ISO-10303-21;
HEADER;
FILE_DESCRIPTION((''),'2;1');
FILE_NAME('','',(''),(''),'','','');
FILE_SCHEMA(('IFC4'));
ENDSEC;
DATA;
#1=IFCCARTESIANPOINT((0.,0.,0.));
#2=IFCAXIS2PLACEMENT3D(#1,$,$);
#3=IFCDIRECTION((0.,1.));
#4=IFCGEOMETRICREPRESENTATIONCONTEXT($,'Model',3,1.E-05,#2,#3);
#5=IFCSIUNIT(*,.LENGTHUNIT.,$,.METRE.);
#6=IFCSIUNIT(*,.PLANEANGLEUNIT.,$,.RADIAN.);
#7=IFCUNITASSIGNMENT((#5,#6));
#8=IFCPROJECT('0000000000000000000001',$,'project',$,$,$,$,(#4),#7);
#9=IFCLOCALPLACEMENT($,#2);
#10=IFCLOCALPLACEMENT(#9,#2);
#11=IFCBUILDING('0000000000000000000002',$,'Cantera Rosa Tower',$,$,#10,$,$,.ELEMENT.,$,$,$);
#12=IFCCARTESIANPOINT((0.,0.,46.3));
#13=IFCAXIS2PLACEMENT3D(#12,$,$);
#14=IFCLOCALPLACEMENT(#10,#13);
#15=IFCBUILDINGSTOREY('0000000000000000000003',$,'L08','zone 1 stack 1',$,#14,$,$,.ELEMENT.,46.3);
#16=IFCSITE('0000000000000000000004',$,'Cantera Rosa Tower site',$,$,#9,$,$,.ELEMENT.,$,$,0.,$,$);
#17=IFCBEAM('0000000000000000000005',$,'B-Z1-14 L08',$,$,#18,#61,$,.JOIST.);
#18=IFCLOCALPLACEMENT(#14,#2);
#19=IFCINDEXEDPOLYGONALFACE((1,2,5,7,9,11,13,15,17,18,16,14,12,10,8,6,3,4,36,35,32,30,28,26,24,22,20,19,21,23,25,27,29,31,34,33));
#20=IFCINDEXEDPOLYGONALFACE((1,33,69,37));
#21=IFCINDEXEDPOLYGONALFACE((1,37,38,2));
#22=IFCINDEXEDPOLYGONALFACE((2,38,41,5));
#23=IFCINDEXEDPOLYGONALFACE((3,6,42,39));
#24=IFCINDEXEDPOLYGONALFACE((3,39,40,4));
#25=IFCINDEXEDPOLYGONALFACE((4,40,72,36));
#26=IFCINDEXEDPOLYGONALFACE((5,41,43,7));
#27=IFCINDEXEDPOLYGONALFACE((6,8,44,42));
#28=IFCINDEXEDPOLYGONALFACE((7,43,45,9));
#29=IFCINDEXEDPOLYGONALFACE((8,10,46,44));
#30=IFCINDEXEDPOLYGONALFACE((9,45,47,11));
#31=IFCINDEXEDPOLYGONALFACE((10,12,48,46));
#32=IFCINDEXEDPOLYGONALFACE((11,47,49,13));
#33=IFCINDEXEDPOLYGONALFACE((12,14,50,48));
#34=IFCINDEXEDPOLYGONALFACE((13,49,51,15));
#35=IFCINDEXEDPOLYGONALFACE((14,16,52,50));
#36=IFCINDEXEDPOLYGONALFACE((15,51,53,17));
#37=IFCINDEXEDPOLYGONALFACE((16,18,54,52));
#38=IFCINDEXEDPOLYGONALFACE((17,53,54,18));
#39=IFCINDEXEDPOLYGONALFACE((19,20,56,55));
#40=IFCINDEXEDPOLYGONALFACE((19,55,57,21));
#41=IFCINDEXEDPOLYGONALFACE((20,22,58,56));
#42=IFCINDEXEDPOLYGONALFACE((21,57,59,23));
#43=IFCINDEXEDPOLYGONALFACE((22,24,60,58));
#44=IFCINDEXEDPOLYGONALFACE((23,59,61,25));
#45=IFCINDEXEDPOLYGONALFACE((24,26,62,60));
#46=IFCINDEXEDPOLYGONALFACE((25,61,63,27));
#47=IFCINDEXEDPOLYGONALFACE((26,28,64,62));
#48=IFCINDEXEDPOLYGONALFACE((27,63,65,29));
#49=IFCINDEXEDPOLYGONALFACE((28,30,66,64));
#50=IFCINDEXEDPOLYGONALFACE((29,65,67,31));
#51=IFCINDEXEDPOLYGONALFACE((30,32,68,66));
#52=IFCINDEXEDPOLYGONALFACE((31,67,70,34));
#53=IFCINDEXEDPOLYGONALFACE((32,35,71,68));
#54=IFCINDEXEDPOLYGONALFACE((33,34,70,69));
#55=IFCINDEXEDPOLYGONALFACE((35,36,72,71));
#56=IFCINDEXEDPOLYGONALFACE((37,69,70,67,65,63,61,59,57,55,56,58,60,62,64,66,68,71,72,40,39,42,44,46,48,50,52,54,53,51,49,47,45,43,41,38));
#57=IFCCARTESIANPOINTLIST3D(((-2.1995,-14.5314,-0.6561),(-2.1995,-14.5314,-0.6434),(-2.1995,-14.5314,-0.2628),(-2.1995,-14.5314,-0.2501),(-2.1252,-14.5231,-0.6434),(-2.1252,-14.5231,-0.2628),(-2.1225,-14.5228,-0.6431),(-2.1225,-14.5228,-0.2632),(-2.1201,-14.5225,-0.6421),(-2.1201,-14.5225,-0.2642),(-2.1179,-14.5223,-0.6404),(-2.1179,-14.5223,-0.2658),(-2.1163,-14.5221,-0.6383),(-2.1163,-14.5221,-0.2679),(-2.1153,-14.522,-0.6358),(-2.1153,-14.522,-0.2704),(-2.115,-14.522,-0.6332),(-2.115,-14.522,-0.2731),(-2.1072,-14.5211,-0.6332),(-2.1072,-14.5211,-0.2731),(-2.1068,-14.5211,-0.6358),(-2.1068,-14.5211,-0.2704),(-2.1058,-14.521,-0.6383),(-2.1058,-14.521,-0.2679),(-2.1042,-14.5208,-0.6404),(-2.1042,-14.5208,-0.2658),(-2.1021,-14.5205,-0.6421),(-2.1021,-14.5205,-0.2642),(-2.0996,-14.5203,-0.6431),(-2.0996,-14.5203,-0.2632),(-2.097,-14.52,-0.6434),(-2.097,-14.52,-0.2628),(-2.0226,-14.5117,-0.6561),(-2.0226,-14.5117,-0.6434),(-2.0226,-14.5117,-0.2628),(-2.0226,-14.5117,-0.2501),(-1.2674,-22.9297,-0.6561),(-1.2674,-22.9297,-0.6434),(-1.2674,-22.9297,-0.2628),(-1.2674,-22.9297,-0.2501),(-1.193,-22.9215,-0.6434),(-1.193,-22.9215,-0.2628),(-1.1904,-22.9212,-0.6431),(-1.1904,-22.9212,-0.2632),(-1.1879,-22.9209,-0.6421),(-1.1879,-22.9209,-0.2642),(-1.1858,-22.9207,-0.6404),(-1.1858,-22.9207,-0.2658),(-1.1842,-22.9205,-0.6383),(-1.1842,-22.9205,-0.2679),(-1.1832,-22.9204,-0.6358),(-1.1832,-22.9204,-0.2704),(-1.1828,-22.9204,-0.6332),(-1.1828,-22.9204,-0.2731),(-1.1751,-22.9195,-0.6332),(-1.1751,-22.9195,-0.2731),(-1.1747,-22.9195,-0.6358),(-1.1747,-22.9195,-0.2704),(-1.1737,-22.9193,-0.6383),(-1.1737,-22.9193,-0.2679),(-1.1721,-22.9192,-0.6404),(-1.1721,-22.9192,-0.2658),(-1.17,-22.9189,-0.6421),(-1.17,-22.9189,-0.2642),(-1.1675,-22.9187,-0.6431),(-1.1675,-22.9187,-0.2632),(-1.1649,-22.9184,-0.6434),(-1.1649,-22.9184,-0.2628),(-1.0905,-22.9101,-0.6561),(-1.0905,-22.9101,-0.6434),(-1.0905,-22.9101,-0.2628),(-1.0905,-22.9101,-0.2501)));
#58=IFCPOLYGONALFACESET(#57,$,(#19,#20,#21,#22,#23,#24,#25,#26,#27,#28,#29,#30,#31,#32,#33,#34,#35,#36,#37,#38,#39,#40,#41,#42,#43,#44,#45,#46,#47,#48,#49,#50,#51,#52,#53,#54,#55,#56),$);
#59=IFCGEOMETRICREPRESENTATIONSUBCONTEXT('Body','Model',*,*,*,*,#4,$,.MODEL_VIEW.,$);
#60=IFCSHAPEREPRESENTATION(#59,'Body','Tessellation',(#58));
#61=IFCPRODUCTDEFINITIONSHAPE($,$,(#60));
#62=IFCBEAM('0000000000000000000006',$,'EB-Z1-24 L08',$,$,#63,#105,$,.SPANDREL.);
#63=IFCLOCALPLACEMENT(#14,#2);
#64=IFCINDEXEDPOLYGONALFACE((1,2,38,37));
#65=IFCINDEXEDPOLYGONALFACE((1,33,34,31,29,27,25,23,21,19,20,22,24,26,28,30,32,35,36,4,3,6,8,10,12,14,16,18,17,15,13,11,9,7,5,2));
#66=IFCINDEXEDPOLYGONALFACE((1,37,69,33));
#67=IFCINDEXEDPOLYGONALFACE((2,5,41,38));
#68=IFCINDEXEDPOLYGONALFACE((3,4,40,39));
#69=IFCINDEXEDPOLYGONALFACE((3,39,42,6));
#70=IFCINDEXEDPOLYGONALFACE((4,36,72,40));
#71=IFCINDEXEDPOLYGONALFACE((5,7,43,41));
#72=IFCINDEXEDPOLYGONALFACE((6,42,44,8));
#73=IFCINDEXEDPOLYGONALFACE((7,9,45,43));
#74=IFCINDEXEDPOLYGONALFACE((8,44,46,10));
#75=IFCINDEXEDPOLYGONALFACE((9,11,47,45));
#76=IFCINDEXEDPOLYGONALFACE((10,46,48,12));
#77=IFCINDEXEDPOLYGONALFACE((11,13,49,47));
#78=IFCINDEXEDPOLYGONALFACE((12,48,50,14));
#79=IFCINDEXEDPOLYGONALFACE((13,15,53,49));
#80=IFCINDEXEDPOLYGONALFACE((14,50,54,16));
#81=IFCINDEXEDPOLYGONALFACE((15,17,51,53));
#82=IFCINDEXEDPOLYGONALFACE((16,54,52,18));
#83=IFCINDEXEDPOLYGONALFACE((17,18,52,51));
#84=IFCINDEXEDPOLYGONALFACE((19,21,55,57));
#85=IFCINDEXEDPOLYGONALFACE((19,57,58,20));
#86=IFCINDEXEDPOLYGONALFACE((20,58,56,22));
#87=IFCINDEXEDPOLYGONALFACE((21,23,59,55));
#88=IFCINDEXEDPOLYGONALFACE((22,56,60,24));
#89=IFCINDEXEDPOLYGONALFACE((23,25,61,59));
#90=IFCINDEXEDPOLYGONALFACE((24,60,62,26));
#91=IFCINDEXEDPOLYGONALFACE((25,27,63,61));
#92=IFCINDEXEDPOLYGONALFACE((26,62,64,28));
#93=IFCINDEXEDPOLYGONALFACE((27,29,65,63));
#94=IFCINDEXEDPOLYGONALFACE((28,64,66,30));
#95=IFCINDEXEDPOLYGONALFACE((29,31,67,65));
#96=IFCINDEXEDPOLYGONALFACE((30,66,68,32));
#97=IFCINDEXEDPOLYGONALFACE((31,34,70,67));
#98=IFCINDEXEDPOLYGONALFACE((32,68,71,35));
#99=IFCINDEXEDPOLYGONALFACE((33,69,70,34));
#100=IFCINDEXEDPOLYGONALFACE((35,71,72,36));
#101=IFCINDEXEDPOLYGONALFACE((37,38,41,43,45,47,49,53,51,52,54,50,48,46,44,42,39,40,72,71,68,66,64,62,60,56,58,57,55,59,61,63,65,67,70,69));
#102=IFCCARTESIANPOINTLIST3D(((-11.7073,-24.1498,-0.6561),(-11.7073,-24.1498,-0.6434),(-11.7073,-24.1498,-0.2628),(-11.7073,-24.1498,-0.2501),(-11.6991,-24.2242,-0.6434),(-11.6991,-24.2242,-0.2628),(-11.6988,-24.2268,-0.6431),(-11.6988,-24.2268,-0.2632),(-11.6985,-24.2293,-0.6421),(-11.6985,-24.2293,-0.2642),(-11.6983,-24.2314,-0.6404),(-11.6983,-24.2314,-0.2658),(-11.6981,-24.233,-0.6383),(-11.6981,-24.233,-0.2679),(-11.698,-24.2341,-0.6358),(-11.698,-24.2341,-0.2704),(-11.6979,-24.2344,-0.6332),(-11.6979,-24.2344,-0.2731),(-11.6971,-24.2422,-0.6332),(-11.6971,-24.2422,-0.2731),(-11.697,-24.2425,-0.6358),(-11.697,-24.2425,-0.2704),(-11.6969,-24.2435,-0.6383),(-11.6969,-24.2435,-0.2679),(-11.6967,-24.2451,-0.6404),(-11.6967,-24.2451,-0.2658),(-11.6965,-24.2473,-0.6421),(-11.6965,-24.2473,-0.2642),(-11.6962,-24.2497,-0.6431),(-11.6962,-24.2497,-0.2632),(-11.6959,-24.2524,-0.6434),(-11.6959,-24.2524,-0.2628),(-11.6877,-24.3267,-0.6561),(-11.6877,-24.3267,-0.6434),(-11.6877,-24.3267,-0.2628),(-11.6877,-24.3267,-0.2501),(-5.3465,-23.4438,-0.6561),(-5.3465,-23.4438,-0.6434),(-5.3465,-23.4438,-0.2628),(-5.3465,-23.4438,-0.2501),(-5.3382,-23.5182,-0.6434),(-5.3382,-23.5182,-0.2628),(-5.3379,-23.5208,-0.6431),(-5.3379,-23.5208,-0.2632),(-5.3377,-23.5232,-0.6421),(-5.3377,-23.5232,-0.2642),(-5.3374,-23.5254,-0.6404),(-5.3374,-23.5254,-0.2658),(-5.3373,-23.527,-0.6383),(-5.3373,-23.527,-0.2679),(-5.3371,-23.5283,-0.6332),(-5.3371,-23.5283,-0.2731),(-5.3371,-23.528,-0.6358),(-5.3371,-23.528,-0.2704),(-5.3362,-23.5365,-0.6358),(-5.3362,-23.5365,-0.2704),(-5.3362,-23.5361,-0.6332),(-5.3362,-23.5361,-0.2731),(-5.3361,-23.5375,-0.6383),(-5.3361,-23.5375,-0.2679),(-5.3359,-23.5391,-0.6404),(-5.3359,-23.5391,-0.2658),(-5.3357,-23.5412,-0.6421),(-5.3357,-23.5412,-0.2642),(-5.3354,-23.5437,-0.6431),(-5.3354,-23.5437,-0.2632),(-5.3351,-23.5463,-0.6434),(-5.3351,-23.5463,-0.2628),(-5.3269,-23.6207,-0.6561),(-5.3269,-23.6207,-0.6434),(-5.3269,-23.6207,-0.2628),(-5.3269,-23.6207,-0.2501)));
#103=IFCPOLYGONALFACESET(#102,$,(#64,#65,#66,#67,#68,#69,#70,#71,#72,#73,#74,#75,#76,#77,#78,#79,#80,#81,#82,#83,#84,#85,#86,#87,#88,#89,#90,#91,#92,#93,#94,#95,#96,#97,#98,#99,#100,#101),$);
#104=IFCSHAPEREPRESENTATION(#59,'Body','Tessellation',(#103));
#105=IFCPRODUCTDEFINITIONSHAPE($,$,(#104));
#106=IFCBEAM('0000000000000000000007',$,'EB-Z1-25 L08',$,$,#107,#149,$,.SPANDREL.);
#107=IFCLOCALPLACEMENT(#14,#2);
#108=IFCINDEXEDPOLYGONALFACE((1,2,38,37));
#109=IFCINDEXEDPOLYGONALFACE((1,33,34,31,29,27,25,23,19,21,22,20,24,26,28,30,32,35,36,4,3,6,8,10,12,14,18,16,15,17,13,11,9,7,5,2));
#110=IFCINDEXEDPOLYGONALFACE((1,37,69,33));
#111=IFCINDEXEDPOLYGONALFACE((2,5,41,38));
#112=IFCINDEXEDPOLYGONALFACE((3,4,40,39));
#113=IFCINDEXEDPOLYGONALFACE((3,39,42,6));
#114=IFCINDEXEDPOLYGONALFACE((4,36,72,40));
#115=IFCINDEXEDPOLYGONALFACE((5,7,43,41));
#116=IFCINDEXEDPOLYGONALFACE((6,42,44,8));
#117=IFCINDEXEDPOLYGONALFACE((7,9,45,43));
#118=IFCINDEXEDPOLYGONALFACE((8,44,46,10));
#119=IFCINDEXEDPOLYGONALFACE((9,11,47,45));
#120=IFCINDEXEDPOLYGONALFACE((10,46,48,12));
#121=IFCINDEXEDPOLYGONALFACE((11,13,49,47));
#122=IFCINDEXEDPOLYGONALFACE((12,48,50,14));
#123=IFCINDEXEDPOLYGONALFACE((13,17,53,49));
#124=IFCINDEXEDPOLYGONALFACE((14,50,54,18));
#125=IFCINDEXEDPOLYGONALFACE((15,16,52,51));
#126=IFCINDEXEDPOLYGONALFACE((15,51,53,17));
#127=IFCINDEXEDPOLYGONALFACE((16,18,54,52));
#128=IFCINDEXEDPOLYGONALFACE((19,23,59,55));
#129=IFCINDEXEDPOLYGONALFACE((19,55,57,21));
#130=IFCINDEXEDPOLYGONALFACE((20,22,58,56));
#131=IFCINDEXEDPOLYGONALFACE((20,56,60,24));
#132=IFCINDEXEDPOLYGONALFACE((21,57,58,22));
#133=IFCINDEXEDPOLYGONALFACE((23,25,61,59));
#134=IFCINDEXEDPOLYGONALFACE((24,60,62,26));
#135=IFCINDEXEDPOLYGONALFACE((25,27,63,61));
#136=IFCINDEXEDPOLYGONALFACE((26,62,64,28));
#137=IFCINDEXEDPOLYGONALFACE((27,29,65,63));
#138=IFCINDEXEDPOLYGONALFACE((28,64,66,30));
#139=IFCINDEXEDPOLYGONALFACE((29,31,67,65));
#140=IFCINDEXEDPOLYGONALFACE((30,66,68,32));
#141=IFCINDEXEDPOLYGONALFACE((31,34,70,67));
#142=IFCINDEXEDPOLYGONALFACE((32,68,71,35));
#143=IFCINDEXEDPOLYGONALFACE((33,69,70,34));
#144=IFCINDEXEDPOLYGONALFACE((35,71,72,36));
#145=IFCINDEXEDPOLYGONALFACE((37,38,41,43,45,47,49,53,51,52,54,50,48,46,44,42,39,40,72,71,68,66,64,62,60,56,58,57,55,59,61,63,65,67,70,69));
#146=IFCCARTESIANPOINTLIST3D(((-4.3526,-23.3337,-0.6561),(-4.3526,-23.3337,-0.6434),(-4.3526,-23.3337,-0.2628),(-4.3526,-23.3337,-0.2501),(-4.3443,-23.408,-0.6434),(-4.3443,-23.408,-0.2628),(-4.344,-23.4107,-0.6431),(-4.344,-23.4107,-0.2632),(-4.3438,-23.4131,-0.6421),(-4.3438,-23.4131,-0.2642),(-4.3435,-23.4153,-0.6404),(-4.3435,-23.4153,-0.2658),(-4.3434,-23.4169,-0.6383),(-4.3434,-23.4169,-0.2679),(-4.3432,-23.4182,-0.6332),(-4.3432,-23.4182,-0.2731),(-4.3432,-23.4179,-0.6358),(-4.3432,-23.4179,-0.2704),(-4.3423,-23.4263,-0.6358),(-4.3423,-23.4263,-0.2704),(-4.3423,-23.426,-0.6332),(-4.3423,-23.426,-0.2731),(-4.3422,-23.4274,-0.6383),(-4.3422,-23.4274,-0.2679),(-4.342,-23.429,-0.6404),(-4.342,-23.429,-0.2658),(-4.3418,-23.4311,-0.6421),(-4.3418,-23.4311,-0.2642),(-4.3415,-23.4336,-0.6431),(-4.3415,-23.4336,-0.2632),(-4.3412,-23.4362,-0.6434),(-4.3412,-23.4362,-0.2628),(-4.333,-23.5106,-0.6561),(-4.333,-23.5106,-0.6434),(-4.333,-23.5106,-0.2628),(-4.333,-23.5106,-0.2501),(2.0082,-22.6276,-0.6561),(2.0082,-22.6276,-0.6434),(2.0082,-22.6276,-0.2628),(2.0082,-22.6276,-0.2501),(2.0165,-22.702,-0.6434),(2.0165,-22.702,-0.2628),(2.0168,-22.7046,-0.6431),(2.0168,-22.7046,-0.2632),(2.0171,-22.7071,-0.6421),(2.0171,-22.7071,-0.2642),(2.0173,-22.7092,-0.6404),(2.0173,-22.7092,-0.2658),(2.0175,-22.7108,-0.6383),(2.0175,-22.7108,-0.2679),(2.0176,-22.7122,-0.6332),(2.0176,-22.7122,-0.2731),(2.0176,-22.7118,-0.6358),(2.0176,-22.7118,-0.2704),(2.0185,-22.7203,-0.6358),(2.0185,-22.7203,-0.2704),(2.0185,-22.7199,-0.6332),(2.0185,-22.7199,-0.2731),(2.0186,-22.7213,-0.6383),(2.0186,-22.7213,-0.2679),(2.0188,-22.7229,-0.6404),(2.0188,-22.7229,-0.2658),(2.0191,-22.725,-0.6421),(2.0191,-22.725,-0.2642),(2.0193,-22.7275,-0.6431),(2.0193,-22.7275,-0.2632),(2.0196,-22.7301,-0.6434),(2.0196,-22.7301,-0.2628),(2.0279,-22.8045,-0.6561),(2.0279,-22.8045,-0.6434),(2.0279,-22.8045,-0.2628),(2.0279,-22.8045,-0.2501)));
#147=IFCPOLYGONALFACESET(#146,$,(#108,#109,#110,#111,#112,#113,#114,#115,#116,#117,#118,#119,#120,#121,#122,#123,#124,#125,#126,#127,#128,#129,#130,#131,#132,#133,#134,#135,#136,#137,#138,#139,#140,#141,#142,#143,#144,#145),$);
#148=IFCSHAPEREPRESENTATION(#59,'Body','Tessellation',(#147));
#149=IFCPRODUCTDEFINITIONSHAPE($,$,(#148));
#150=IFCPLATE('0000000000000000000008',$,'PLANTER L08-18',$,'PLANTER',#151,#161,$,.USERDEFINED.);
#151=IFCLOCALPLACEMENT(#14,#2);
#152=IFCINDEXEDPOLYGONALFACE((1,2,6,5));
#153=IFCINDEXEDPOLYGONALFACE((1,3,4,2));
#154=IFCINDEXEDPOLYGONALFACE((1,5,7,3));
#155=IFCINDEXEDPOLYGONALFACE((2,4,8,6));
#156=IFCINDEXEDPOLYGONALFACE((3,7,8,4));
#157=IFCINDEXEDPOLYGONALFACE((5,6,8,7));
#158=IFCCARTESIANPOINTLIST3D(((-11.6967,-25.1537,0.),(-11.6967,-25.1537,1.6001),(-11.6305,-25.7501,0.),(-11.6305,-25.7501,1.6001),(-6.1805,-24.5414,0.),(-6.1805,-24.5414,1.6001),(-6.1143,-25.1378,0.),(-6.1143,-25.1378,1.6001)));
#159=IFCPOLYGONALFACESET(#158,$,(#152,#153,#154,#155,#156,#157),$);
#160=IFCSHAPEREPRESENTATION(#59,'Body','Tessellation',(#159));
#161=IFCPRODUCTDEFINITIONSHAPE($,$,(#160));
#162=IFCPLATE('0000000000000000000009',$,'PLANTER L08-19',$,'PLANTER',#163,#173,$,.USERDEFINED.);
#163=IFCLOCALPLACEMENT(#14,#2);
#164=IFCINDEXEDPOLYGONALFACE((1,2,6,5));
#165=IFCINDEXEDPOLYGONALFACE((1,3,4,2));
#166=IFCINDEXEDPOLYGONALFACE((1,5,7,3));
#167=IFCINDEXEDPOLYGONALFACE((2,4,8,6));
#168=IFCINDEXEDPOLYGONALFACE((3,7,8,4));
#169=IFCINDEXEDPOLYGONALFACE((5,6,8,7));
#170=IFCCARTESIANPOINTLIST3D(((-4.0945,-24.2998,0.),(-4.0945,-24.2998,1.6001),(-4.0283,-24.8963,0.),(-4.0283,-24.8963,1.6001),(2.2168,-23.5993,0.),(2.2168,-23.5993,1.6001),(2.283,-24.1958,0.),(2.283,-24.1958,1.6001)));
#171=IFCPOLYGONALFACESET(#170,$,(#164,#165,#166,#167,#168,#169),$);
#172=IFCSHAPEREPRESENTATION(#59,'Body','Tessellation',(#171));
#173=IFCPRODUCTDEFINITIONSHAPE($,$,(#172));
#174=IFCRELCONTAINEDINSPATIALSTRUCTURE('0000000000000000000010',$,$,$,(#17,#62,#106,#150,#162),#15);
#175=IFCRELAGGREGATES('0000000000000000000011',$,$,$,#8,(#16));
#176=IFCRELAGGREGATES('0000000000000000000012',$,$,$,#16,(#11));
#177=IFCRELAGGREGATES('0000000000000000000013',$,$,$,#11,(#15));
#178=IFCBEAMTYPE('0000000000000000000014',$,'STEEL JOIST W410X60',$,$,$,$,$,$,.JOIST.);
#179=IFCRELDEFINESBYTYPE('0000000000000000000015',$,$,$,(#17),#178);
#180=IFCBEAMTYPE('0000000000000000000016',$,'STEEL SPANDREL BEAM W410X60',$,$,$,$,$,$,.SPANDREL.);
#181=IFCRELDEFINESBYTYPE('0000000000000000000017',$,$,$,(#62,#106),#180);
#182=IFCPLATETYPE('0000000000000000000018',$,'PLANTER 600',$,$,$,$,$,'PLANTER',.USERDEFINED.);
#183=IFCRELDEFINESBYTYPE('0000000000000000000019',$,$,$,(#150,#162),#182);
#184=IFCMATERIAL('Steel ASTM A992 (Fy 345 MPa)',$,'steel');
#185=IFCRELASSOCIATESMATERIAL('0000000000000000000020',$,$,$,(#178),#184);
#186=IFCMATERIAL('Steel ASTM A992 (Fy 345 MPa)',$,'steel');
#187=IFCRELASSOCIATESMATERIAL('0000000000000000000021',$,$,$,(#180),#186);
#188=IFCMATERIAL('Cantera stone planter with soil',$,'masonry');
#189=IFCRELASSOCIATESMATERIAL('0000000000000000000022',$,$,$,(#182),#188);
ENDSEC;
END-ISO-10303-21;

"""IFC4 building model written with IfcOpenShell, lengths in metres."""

from ifc_helpers import new_model, si_unit, direction, frame, origin, origin_2d, place, context, subcontext, project, spatial, rectangle, i_section, extrude, material, material_profile, profile_set, type_object, element, save


model = new_model("IFC4")

# Units and contexts
model_context = context("Model", 3, precision=1e-05, world=origin(), true_north=direction((0.0, 1.0)))
body_context = subcontext(model_context, "Body", "Model", "MODEL_VIEW")
ifc_project = project(units=[si_unit("LENGTHUNIT", "METRE"), si_unit("PLANEANGLEUNIT", "RADIAN")], contexts=[model_context])

# Site, building, storey
site_placement = place(None, origin())
site = spatial("IfcSite", under=ifc_project, at=site_placement, Name="Cantera Rosa Tower site", CompositionType="ELEMENT", RefElevation=0.0)
building_placement = place(site_placement, origin())
building = spatial("IfcBuilding", under=site, at=building_placement, Name="Cantera Rosa Tower", CompositionType="ELEMENT")
storey_placement = place(building_placement, frame((0.0, 0.0, 46.3)))
storey = spatial("IfcBuildingStorey", under=building, at=storey_placement, Name="L08", Description="zone 1 stack 1", CompositionType="ELEMENT", Elevation=46.3)

# Beams
ifc_material_1 = material(Name="Steel ASTM A992 (Fy 345 MPa)", Category="steel")
ifc_material_profile_1 = material_profile(ifc_material_1, i_section(OverallWidth=0.178, OverallDepth=0.406, WebThickness=0.0078, FlangeThickness=0.0127, FilletRadius=0.0103, at=origin_2d()), Name="W410X60")
ifc_profile_set_1 = profile_set([ifc_material_profile_1], Name="Steel ASTM A992 (Fy 345 MPa)")
beam_type_1 = type_object("IfcBeamType", Name="STEEL JOIST W410X60", PredefinedType="JOIST", material=ifc_profile_set_1)
for number, where, z_axis, x_axis, name in (
    (1, (-1.179, -22.9199, -0.4531), (-0.110311, 0.993897, 0.0), (-0.993897, -0.110311, 0.0), "B-Z1-14 L08"),
):
    element("IfcBeam", number, at=place(storey_placement, frame(where, z_axis=z_axis, x_axis=x_axis)), inside=storey, type_object=beam_type_1, Name=name, PredefinedType="JOIST", context=body_context, shape_type="SweptSolid", body=[
        extrude(i_section(OverallWidth=0.178, OverallDepth=0.406, WebThickness=0.0078, FlangeThickness=0.0127, FilletRadius=0.0103, at=origin_2d()), origin(), (0.0, 0.0, 1.0), 8.45),
    ])
ifc_material_2 = material(Name="Steel ASTM A992 (Fy 345 MPa)", Category="steel")
ifc_material_profile_2 = material_profile(ifc_material_2, i_section(OverallWidth=0.178, OverallDepth=0.406, WebThickness=0.0078, FlangeThickness=0.0127, FilletRadius=0.0103, at=origin_2d()), Name="W410X60")
ifc_profile_set_2 = profile_set([ifc_material_profile_2], Name="Steel ASTM A992 (Fy 345 MPa)")
beam_type_2 = type_object("IfcBeamType", Name="STEEL SPANDREL BEAM W410X60", PredefinedType="SPANDREL", material=ifc_profile_set_2)
for number, where, z_axis, x_axis, name in (
    (2, (-11.6975, -24.2383, -0.4531), (0.993896, 0.110323, 0.0), (-0.110323, 0.993896, 0.0), "EB-Z1-24 L08"),
    (3, (-4.3428, -23.4221, -0.4531), (0.993896, 0.110323, 0.0), (-0.110323, 0.993896, 0.0), "EB-Z1-25 L08"),
):
    element("IfcBeam", number, at=place(storey_placement, frame(where, z_axis=z_axis, x_axis=x_axis)), inside=storey, type_object=beam_type_2, Name=name, PredefinedType="SPANDREL", context=body_context, shape_type="SweptSolid", body=[
        extrude(i_section(OverallWidth=0.178, OverallDepth=0.406, WebThickness=0.0078, FlangeThickness=0.0127, FilletRadius=0.0103, at=origin_2d()), origin(), (0.0, 0.0, 1.0), 6.3999),
    ])

# Plates
ifc_material_3 = material(Name="Cantera stone planter with soil", Category="masonry")
plate_type = type_object("IfcPlateType", Name="PLANTER 600", ElementType="PLANTER", PredefinedType="USERDEFINED", material=ifc_material_3)
plate_1_placement = place(storey_placement, frame((-8.9055, -25.1458, 0.0), z_axis=(0.0, 0.0, 1.0), x_axis=(0.993897, 0.110313, 0.0)))
element("IfcPlate", 4, at=plate_1_placement, inside=storey, type_object=plate_type, Name="PLANTER L08-18", ObjectType="PLANTER", PredefinedType="USERDEFINED", context=body_context, shape_type="SweptSolid", body=[
    extrude(rectangle(XDim=5.55, YDim=0.6001, at=origin_2d()), origin(), (0.0, 0.0, 1.0), 1.6001),
])
plate_2_placement = place(storey_placement, frame((-0.9058, -24.2478, 0.0), z_axis=(0.0, 0.0, 1.0), x_axis=(0.993897, 0.110313, 0.0)))
element("IfcPlate", 5, at=plate_2_placement, inside=storey, type_object=plate_type, Name="PLANTER L08-19", ObjectType="PLANTER", PredefinedType="USERDEFINED", context=body_context, shape_type="SweptSolid", body=[
    extrude(rectangle(XDim=6.3501, YDim=0.6001, at=origin_2d()), origin(), (0.0, 0.0, 1.0), 1.6001),
])

save(model, "model.ifc")
